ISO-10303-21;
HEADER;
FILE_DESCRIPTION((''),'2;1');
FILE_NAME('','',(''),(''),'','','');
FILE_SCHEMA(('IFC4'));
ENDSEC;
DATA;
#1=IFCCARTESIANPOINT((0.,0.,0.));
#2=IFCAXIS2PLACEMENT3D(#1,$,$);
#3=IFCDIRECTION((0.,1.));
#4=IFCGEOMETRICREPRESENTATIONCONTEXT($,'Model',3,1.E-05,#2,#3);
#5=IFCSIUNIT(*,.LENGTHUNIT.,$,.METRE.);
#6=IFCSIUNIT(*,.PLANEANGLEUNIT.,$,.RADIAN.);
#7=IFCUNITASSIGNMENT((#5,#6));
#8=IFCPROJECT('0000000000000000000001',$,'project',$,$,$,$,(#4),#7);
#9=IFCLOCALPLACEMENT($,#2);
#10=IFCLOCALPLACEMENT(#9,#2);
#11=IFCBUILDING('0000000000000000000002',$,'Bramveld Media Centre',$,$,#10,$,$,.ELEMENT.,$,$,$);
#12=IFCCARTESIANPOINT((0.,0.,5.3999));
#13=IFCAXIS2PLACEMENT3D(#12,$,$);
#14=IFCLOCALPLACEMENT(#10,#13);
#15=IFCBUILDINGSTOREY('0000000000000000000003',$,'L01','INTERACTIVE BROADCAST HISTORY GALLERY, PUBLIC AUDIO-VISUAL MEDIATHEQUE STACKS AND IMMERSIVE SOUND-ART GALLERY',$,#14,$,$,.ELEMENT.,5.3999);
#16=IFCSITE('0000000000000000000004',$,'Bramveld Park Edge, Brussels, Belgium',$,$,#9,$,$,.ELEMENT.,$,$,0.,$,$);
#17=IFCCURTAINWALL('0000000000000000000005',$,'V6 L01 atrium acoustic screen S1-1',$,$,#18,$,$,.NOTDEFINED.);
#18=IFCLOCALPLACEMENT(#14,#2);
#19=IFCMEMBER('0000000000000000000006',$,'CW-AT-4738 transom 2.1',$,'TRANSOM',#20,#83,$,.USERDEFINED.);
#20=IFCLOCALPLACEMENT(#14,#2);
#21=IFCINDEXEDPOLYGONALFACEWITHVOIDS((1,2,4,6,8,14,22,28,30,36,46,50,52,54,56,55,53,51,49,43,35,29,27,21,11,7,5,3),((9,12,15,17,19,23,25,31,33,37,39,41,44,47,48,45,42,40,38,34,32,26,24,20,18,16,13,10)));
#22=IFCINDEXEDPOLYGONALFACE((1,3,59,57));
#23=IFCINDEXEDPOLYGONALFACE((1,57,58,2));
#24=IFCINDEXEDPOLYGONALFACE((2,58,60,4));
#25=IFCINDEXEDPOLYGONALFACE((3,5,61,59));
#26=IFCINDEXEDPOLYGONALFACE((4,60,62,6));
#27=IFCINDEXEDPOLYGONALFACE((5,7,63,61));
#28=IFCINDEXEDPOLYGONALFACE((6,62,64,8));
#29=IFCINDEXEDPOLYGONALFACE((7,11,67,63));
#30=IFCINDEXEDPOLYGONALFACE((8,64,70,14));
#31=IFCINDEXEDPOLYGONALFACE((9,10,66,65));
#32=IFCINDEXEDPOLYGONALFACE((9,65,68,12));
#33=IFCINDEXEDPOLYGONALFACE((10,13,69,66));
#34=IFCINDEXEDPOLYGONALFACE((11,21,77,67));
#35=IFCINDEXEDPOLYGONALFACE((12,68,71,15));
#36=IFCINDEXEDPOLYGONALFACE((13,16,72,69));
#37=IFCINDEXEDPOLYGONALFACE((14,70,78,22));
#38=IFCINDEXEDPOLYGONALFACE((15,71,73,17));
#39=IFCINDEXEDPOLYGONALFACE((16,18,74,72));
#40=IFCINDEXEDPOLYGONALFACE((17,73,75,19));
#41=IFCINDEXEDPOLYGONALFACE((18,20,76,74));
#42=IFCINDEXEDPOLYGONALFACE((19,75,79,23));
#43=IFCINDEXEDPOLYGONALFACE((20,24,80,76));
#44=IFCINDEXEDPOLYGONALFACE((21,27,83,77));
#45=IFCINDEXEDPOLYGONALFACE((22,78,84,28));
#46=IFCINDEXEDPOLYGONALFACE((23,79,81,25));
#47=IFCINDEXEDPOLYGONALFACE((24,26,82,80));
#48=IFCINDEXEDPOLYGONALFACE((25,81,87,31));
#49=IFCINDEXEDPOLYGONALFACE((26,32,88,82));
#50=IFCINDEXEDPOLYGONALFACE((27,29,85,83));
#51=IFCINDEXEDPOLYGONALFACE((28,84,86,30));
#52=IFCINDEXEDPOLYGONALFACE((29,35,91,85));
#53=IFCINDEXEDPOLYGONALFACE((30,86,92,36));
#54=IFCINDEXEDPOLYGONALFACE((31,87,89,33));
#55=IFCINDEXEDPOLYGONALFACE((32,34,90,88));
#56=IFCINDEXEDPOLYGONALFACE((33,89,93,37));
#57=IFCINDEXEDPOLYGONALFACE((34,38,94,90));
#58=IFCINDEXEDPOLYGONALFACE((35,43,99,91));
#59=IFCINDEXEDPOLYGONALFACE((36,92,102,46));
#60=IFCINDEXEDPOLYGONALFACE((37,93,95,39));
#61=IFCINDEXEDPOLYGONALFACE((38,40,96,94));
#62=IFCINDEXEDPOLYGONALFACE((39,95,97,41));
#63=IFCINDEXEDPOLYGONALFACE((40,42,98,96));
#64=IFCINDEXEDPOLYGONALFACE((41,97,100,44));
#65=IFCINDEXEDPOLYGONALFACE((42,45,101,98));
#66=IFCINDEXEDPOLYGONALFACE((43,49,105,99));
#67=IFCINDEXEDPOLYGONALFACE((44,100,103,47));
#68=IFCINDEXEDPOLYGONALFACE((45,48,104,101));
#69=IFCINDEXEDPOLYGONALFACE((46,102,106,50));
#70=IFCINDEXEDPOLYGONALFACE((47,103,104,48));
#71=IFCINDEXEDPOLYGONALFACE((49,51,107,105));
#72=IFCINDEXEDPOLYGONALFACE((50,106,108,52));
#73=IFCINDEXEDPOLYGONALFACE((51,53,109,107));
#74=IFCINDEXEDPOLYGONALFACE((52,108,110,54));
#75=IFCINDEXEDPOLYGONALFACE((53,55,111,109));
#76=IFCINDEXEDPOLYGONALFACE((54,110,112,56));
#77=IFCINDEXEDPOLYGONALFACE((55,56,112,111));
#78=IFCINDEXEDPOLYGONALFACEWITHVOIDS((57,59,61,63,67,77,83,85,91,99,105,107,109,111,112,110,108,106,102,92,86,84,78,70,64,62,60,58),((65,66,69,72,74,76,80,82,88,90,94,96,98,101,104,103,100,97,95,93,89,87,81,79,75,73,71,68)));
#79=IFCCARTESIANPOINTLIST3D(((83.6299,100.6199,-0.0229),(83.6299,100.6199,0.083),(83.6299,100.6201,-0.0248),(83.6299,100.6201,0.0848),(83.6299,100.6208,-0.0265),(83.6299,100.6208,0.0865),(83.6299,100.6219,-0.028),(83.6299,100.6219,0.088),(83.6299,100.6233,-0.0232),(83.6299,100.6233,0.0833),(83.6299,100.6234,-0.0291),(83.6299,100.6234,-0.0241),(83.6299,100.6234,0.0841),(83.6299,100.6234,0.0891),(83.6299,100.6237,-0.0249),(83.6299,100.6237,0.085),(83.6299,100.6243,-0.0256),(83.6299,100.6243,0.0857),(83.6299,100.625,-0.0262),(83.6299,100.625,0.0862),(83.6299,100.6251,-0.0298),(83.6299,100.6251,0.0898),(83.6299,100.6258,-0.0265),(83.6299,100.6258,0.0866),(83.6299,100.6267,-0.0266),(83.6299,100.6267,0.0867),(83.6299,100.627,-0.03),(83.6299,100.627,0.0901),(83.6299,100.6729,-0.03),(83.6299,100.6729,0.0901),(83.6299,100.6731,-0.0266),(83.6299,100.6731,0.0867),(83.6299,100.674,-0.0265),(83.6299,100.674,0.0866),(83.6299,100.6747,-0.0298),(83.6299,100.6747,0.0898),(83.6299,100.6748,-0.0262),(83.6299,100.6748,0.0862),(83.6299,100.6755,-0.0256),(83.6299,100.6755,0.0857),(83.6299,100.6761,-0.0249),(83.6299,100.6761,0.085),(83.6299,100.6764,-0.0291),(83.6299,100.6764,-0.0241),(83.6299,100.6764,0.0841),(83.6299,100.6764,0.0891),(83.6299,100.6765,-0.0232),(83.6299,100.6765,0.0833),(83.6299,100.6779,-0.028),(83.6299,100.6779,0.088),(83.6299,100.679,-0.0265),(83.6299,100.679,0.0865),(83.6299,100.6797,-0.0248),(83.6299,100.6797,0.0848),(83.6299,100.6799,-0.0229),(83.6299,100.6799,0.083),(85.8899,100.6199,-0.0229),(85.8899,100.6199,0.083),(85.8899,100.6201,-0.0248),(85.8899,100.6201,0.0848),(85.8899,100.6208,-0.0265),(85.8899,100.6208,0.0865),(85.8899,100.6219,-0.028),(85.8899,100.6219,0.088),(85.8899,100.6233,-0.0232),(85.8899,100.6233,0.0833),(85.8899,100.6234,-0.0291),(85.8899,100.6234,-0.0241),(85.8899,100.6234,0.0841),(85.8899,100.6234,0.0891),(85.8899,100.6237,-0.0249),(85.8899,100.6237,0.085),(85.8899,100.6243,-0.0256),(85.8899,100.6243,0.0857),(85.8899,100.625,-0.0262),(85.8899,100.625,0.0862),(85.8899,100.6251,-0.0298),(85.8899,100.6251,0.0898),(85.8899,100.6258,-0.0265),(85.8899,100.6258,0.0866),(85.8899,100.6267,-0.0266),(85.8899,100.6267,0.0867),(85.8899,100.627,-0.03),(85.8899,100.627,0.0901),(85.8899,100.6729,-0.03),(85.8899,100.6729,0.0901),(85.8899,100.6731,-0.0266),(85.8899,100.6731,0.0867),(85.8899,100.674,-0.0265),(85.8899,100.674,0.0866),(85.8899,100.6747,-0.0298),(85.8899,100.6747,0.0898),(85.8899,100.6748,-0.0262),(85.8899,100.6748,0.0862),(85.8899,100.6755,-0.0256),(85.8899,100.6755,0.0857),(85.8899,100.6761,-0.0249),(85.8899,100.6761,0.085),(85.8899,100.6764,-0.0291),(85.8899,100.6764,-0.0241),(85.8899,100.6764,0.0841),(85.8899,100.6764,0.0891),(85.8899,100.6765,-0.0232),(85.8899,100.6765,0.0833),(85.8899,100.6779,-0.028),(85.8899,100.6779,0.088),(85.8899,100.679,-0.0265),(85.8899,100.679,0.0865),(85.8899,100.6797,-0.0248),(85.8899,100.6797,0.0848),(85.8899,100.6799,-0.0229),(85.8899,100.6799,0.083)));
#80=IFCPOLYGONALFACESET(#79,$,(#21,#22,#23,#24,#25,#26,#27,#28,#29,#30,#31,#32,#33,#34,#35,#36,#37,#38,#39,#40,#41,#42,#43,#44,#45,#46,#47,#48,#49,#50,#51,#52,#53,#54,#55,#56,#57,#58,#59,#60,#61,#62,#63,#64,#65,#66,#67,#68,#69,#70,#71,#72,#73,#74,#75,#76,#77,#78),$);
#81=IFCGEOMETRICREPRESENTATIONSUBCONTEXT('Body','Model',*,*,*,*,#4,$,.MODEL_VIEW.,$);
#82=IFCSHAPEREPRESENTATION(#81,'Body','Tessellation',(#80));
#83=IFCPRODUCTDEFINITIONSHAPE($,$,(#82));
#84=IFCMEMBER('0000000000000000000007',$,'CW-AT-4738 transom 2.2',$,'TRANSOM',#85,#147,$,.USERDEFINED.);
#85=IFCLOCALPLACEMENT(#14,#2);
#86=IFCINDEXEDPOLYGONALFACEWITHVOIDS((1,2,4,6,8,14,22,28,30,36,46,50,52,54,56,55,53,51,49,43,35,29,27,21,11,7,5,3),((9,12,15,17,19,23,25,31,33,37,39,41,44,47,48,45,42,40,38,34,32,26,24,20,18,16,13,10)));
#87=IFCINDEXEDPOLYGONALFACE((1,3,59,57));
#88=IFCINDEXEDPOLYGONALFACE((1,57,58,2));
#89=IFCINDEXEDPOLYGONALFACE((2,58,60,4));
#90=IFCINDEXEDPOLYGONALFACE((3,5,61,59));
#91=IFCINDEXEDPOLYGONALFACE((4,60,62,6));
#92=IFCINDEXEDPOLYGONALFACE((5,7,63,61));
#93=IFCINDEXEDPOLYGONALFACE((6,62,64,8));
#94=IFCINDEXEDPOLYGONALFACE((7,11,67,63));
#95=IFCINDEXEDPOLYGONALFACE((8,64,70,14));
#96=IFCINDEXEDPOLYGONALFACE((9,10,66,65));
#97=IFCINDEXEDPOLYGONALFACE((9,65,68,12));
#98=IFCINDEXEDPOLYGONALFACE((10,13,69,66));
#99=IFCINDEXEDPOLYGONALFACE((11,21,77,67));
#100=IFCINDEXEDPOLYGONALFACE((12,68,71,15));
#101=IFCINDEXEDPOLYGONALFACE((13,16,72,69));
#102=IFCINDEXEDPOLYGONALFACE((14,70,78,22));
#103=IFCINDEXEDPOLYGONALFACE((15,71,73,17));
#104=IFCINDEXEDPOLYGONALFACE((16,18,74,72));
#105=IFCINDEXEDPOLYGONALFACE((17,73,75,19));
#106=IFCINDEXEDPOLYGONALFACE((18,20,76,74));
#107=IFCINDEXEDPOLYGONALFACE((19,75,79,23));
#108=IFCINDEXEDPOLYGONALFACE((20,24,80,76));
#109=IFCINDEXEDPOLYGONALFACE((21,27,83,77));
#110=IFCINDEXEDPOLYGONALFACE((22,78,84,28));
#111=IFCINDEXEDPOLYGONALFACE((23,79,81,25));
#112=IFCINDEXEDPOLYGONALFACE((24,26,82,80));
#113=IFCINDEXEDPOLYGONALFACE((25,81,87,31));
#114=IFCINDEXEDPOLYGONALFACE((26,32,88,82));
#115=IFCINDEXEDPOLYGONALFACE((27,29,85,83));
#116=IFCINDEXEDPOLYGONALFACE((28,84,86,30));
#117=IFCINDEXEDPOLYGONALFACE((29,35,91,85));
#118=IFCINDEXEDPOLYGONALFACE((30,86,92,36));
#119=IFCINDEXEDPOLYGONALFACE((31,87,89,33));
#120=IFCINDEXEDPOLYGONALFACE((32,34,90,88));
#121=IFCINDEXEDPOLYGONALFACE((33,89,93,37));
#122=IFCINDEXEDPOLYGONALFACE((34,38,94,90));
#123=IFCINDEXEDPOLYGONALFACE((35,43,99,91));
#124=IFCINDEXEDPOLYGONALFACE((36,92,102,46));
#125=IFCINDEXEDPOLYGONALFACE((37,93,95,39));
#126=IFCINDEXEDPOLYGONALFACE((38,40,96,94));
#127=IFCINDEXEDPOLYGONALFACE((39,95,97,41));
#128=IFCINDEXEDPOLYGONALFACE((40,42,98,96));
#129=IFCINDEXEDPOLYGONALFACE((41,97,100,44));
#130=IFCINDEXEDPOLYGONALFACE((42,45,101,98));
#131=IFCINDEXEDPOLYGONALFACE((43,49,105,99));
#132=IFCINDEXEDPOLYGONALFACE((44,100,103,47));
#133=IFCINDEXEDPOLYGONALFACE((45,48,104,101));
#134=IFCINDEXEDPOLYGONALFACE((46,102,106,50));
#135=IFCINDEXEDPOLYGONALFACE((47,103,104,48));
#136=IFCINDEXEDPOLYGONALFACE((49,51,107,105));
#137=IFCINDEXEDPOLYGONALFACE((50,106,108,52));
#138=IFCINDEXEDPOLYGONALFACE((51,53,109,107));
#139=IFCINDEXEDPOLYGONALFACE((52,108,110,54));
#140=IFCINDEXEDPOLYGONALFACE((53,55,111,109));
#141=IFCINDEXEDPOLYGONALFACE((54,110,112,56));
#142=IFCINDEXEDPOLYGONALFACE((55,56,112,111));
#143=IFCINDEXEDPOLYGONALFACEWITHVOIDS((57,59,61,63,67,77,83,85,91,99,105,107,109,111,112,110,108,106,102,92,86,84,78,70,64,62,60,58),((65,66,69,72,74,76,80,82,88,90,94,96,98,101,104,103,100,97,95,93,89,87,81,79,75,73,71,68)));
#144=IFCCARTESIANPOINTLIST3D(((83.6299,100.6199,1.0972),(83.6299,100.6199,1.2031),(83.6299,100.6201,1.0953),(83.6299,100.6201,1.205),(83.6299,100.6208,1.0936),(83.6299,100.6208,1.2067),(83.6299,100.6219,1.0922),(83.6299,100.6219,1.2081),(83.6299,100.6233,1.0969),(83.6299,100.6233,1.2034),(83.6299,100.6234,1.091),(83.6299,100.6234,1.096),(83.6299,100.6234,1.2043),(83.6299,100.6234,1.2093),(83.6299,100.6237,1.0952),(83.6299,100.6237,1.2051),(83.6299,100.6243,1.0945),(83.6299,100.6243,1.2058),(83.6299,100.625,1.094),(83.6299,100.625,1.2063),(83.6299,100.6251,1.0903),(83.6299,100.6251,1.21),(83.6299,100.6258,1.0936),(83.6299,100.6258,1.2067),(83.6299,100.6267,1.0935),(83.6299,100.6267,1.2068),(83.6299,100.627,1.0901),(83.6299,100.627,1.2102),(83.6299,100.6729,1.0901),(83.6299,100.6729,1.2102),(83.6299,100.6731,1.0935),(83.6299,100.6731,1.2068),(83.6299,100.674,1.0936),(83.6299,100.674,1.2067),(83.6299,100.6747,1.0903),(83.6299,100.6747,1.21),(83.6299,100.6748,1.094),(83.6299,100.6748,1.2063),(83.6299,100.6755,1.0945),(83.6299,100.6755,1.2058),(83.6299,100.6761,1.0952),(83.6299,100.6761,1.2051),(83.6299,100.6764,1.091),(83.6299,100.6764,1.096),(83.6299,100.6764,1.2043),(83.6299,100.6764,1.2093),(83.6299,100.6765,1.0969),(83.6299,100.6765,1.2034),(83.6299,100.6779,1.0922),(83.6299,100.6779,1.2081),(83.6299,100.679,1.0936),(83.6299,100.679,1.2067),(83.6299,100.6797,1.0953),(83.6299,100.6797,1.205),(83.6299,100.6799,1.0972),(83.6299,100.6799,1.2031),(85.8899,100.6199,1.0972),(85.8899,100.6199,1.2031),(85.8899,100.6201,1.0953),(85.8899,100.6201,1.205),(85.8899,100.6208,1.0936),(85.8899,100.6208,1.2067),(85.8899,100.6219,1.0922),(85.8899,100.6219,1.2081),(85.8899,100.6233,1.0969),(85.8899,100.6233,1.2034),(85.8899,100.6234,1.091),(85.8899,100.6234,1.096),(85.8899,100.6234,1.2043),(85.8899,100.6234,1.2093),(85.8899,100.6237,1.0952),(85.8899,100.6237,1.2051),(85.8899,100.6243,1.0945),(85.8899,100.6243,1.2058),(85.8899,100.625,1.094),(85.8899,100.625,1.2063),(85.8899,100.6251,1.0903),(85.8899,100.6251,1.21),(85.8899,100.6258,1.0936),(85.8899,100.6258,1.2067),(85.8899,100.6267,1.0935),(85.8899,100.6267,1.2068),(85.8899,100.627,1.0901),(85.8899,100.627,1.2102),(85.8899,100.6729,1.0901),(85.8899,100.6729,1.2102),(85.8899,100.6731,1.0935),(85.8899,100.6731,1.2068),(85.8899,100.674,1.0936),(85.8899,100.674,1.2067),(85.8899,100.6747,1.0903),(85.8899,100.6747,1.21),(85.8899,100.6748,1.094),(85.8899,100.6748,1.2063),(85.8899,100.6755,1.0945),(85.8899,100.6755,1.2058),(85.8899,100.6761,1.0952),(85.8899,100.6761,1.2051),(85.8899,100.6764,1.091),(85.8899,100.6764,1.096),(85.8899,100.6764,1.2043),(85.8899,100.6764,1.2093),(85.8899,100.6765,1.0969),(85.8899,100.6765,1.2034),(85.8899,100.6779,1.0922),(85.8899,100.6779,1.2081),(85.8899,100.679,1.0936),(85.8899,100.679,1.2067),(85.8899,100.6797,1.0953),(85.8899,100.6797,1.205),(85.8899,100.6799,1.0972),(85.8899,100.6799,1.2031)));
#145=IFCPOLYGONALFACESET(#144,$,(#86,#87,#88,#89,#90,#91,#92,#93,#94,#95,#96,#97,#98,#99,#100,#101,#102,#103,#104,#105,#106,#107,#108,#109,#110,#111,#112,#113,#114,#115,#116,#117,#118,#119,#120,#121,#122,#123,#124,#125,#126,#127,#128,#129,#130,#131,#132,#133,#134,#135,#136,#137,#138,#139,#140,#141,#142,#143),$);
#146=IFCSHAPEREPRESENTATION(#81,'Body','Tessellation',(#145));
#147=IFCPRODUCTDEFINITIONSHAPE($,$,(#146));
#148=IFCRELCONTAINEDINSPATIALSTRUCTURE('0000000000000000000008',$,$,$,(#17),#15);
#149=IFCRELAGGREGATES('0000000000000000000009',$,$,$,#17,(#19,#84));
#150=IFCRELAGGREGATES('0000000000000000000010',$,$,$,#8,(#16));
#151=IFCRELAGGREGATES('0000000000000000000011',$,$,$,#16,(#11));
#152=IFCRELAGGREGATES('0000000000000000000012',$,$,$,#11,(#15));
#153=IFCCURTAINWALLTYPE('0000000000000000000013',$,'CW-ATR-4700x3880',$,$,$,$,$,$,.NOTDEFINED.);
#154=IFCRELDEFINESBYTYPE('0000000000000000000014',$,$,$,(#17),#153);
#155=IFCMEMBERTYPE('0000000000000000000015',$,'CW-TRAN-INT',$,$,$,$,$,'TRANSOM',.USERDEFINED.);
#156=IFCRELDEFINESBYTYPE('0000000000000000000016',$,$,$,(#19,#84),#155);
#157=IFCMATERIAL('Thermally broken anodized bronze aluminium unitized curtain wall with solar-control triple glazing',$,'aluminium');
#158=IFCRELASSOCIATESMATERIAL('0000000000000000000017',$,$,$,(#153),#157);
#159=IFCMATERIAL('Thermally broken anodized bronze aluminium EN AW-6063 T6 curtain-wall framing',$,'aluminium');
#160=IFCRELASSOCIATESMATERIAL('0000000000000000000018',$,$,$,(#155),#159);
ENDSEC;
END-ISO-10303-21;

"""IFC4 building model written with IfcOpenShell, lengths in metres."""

from ifc_helpers import new_model, si_unit, direction, frame, origin, origin_2d, place, context, subcontext, project, spatial, hollow_rectangle, extrude, material, material_profile, profile_set, type_object, element, aggregate, save


model = new_model("IFC4")

# Units and contexts
model_context = context("Model", 3, precision=1e-05, world=origin(), true_north=direction((0.0, 1.0)))
body_context = subcontext(model_context, "Body", "Model", "MODEL_VIEW")
ifc_project = project(units=[si_unit("LENGTHUNIT", "METRE"), si_unit("PLANEANGLEUNIT", "RADIAN")], contexts=[model_context])

# Site, building, storey
site_placement = place(None, origin())
site = spatial("IfcSite", under=ifc_project, at=site_placement, Name="Bramveld Park Edge, Brussels, Belgium", CompositionType="ELEMENT", RefElevation=0.0)
building_placement = place(site_placement, origin())
building = spatial("IfcBuilding", under=site, at=building_placement, Name="Bramveld Media Centre", CompositionType="ELEMENT")
storey_placement = place(building_placement, frame((0.0, 0.0, 5.3999)))
storey = spatial("IfcBuildingStorey", under=building, at=storey_placement, Name="L01", Description="INTERACTIVE BROADCAST HISTORY GALLERY, PUBLIC AUDIO-VISUAL MEDIATHEQUE STACKS AND IMMERSIVE SOUND-ART GALLERY", CompositionType="ELEMENT", Elevation=5.3999)

# Curtain wall, members
ifc_material_1 = material(Name="Thermally broken anodized bronze aluminium unitized curtain wall with solar-control triple glazing", Category="aluminium")
curtain_wall_type_1 = type_object("IfcCurtainWallType", Name="CW-ATR-4700x3880", PredefinedType="NOTDEFINED", material=ifc_material_1)
curtain_wall_1_placement = place(storey_placement, origin())
curtain_wall_1 = element("IfcCurtainWall", 1, at=curtain_wall_1_placement, inside=storey, type_object=curtain_wall_type_1, Name="V6 L01 atrium acoustic screen S1-1", PredefinedType="NOTDEFINED")
ifc_material_2 = material(Name="Thermally broken anodized bronze aluminium EN AW-6063 T6 curtain-wall framing", Category="aluminium")
ifc_material_profile_1 = material_profile(ifc_material_2, hollow_rectangle(XDim=0.0601, YDim=0.1201, WallThickness=0.0034, InnerFilletRadius=0.0034, OuterFilletRadius=0.0071, at=origin_2d()), Name="AL-TRAN 60x120")
ifc_profile_set_1 = profile_set([ifc_material_profile_1], Name="Thermally broken anodized bronze aluminium EN AW-6063 T6 curtain-wall framing")
member_type_1 = type_object("IfcMemberType", Name="CW-TRAN-INT", ElementType="TRANSOM", PredefinedType="USERDEFINED", material=ifc_profile_set_1)
member_1_placement = place(storey_placement, frame((83.6299, 100.6499, 0.03), z_axis=(1.0, 0.0, 0.0), x_axis=(0.0, 1.0, 0.0)))
member_1 = element("IfcMember", 2, at=member_1_placement, type_object=member_type_1, Name="CW-AT-4738 transom 2.1", ObjectType="TRANSOM", PredefinedType="USERDEFINED", context=body_context, shape_type="SweptSolid", body=[
    extrude(hollow_rectangle(XDim=0.0601, YDim=0.1201, WallThickness=0.0034, InnerFilletRadius=0.0034, OuterFilletRadius=0.0071, at=origin_2d()), origin(), (0.0, 0.0, 1.0), 2.26),
])
member_2_placement = place(storey_placement, frame((83.6299, 100.6499, 1.1501), z_axis=(1.0, 0.0, 0.0), x_axis=(0.0, 1.0, 0.0)))
member_2 = element("IfcMember", 3, at=member_2_placement, type_object=member_type_1, Name="CW-AT-4738 transom 2.2", ObjectType="TRANSOM", PredefinedType="USERDEFINED", context=body_context, shape_type="SweptSolid", body=[
    extrude(hollow_rectangle(XDim=0.0601, YDim=0.1201, WallThickness=0.0034, InnerFilletRadius=0.0034, OuterFilletRadius=0.0071, at=origin_2d()), origin(), (0.0, 0.0, 1.0), 2.26),
])

aggregate(curtain_wall_1, [member_1, member_2])

save(model, "model.ifc")
